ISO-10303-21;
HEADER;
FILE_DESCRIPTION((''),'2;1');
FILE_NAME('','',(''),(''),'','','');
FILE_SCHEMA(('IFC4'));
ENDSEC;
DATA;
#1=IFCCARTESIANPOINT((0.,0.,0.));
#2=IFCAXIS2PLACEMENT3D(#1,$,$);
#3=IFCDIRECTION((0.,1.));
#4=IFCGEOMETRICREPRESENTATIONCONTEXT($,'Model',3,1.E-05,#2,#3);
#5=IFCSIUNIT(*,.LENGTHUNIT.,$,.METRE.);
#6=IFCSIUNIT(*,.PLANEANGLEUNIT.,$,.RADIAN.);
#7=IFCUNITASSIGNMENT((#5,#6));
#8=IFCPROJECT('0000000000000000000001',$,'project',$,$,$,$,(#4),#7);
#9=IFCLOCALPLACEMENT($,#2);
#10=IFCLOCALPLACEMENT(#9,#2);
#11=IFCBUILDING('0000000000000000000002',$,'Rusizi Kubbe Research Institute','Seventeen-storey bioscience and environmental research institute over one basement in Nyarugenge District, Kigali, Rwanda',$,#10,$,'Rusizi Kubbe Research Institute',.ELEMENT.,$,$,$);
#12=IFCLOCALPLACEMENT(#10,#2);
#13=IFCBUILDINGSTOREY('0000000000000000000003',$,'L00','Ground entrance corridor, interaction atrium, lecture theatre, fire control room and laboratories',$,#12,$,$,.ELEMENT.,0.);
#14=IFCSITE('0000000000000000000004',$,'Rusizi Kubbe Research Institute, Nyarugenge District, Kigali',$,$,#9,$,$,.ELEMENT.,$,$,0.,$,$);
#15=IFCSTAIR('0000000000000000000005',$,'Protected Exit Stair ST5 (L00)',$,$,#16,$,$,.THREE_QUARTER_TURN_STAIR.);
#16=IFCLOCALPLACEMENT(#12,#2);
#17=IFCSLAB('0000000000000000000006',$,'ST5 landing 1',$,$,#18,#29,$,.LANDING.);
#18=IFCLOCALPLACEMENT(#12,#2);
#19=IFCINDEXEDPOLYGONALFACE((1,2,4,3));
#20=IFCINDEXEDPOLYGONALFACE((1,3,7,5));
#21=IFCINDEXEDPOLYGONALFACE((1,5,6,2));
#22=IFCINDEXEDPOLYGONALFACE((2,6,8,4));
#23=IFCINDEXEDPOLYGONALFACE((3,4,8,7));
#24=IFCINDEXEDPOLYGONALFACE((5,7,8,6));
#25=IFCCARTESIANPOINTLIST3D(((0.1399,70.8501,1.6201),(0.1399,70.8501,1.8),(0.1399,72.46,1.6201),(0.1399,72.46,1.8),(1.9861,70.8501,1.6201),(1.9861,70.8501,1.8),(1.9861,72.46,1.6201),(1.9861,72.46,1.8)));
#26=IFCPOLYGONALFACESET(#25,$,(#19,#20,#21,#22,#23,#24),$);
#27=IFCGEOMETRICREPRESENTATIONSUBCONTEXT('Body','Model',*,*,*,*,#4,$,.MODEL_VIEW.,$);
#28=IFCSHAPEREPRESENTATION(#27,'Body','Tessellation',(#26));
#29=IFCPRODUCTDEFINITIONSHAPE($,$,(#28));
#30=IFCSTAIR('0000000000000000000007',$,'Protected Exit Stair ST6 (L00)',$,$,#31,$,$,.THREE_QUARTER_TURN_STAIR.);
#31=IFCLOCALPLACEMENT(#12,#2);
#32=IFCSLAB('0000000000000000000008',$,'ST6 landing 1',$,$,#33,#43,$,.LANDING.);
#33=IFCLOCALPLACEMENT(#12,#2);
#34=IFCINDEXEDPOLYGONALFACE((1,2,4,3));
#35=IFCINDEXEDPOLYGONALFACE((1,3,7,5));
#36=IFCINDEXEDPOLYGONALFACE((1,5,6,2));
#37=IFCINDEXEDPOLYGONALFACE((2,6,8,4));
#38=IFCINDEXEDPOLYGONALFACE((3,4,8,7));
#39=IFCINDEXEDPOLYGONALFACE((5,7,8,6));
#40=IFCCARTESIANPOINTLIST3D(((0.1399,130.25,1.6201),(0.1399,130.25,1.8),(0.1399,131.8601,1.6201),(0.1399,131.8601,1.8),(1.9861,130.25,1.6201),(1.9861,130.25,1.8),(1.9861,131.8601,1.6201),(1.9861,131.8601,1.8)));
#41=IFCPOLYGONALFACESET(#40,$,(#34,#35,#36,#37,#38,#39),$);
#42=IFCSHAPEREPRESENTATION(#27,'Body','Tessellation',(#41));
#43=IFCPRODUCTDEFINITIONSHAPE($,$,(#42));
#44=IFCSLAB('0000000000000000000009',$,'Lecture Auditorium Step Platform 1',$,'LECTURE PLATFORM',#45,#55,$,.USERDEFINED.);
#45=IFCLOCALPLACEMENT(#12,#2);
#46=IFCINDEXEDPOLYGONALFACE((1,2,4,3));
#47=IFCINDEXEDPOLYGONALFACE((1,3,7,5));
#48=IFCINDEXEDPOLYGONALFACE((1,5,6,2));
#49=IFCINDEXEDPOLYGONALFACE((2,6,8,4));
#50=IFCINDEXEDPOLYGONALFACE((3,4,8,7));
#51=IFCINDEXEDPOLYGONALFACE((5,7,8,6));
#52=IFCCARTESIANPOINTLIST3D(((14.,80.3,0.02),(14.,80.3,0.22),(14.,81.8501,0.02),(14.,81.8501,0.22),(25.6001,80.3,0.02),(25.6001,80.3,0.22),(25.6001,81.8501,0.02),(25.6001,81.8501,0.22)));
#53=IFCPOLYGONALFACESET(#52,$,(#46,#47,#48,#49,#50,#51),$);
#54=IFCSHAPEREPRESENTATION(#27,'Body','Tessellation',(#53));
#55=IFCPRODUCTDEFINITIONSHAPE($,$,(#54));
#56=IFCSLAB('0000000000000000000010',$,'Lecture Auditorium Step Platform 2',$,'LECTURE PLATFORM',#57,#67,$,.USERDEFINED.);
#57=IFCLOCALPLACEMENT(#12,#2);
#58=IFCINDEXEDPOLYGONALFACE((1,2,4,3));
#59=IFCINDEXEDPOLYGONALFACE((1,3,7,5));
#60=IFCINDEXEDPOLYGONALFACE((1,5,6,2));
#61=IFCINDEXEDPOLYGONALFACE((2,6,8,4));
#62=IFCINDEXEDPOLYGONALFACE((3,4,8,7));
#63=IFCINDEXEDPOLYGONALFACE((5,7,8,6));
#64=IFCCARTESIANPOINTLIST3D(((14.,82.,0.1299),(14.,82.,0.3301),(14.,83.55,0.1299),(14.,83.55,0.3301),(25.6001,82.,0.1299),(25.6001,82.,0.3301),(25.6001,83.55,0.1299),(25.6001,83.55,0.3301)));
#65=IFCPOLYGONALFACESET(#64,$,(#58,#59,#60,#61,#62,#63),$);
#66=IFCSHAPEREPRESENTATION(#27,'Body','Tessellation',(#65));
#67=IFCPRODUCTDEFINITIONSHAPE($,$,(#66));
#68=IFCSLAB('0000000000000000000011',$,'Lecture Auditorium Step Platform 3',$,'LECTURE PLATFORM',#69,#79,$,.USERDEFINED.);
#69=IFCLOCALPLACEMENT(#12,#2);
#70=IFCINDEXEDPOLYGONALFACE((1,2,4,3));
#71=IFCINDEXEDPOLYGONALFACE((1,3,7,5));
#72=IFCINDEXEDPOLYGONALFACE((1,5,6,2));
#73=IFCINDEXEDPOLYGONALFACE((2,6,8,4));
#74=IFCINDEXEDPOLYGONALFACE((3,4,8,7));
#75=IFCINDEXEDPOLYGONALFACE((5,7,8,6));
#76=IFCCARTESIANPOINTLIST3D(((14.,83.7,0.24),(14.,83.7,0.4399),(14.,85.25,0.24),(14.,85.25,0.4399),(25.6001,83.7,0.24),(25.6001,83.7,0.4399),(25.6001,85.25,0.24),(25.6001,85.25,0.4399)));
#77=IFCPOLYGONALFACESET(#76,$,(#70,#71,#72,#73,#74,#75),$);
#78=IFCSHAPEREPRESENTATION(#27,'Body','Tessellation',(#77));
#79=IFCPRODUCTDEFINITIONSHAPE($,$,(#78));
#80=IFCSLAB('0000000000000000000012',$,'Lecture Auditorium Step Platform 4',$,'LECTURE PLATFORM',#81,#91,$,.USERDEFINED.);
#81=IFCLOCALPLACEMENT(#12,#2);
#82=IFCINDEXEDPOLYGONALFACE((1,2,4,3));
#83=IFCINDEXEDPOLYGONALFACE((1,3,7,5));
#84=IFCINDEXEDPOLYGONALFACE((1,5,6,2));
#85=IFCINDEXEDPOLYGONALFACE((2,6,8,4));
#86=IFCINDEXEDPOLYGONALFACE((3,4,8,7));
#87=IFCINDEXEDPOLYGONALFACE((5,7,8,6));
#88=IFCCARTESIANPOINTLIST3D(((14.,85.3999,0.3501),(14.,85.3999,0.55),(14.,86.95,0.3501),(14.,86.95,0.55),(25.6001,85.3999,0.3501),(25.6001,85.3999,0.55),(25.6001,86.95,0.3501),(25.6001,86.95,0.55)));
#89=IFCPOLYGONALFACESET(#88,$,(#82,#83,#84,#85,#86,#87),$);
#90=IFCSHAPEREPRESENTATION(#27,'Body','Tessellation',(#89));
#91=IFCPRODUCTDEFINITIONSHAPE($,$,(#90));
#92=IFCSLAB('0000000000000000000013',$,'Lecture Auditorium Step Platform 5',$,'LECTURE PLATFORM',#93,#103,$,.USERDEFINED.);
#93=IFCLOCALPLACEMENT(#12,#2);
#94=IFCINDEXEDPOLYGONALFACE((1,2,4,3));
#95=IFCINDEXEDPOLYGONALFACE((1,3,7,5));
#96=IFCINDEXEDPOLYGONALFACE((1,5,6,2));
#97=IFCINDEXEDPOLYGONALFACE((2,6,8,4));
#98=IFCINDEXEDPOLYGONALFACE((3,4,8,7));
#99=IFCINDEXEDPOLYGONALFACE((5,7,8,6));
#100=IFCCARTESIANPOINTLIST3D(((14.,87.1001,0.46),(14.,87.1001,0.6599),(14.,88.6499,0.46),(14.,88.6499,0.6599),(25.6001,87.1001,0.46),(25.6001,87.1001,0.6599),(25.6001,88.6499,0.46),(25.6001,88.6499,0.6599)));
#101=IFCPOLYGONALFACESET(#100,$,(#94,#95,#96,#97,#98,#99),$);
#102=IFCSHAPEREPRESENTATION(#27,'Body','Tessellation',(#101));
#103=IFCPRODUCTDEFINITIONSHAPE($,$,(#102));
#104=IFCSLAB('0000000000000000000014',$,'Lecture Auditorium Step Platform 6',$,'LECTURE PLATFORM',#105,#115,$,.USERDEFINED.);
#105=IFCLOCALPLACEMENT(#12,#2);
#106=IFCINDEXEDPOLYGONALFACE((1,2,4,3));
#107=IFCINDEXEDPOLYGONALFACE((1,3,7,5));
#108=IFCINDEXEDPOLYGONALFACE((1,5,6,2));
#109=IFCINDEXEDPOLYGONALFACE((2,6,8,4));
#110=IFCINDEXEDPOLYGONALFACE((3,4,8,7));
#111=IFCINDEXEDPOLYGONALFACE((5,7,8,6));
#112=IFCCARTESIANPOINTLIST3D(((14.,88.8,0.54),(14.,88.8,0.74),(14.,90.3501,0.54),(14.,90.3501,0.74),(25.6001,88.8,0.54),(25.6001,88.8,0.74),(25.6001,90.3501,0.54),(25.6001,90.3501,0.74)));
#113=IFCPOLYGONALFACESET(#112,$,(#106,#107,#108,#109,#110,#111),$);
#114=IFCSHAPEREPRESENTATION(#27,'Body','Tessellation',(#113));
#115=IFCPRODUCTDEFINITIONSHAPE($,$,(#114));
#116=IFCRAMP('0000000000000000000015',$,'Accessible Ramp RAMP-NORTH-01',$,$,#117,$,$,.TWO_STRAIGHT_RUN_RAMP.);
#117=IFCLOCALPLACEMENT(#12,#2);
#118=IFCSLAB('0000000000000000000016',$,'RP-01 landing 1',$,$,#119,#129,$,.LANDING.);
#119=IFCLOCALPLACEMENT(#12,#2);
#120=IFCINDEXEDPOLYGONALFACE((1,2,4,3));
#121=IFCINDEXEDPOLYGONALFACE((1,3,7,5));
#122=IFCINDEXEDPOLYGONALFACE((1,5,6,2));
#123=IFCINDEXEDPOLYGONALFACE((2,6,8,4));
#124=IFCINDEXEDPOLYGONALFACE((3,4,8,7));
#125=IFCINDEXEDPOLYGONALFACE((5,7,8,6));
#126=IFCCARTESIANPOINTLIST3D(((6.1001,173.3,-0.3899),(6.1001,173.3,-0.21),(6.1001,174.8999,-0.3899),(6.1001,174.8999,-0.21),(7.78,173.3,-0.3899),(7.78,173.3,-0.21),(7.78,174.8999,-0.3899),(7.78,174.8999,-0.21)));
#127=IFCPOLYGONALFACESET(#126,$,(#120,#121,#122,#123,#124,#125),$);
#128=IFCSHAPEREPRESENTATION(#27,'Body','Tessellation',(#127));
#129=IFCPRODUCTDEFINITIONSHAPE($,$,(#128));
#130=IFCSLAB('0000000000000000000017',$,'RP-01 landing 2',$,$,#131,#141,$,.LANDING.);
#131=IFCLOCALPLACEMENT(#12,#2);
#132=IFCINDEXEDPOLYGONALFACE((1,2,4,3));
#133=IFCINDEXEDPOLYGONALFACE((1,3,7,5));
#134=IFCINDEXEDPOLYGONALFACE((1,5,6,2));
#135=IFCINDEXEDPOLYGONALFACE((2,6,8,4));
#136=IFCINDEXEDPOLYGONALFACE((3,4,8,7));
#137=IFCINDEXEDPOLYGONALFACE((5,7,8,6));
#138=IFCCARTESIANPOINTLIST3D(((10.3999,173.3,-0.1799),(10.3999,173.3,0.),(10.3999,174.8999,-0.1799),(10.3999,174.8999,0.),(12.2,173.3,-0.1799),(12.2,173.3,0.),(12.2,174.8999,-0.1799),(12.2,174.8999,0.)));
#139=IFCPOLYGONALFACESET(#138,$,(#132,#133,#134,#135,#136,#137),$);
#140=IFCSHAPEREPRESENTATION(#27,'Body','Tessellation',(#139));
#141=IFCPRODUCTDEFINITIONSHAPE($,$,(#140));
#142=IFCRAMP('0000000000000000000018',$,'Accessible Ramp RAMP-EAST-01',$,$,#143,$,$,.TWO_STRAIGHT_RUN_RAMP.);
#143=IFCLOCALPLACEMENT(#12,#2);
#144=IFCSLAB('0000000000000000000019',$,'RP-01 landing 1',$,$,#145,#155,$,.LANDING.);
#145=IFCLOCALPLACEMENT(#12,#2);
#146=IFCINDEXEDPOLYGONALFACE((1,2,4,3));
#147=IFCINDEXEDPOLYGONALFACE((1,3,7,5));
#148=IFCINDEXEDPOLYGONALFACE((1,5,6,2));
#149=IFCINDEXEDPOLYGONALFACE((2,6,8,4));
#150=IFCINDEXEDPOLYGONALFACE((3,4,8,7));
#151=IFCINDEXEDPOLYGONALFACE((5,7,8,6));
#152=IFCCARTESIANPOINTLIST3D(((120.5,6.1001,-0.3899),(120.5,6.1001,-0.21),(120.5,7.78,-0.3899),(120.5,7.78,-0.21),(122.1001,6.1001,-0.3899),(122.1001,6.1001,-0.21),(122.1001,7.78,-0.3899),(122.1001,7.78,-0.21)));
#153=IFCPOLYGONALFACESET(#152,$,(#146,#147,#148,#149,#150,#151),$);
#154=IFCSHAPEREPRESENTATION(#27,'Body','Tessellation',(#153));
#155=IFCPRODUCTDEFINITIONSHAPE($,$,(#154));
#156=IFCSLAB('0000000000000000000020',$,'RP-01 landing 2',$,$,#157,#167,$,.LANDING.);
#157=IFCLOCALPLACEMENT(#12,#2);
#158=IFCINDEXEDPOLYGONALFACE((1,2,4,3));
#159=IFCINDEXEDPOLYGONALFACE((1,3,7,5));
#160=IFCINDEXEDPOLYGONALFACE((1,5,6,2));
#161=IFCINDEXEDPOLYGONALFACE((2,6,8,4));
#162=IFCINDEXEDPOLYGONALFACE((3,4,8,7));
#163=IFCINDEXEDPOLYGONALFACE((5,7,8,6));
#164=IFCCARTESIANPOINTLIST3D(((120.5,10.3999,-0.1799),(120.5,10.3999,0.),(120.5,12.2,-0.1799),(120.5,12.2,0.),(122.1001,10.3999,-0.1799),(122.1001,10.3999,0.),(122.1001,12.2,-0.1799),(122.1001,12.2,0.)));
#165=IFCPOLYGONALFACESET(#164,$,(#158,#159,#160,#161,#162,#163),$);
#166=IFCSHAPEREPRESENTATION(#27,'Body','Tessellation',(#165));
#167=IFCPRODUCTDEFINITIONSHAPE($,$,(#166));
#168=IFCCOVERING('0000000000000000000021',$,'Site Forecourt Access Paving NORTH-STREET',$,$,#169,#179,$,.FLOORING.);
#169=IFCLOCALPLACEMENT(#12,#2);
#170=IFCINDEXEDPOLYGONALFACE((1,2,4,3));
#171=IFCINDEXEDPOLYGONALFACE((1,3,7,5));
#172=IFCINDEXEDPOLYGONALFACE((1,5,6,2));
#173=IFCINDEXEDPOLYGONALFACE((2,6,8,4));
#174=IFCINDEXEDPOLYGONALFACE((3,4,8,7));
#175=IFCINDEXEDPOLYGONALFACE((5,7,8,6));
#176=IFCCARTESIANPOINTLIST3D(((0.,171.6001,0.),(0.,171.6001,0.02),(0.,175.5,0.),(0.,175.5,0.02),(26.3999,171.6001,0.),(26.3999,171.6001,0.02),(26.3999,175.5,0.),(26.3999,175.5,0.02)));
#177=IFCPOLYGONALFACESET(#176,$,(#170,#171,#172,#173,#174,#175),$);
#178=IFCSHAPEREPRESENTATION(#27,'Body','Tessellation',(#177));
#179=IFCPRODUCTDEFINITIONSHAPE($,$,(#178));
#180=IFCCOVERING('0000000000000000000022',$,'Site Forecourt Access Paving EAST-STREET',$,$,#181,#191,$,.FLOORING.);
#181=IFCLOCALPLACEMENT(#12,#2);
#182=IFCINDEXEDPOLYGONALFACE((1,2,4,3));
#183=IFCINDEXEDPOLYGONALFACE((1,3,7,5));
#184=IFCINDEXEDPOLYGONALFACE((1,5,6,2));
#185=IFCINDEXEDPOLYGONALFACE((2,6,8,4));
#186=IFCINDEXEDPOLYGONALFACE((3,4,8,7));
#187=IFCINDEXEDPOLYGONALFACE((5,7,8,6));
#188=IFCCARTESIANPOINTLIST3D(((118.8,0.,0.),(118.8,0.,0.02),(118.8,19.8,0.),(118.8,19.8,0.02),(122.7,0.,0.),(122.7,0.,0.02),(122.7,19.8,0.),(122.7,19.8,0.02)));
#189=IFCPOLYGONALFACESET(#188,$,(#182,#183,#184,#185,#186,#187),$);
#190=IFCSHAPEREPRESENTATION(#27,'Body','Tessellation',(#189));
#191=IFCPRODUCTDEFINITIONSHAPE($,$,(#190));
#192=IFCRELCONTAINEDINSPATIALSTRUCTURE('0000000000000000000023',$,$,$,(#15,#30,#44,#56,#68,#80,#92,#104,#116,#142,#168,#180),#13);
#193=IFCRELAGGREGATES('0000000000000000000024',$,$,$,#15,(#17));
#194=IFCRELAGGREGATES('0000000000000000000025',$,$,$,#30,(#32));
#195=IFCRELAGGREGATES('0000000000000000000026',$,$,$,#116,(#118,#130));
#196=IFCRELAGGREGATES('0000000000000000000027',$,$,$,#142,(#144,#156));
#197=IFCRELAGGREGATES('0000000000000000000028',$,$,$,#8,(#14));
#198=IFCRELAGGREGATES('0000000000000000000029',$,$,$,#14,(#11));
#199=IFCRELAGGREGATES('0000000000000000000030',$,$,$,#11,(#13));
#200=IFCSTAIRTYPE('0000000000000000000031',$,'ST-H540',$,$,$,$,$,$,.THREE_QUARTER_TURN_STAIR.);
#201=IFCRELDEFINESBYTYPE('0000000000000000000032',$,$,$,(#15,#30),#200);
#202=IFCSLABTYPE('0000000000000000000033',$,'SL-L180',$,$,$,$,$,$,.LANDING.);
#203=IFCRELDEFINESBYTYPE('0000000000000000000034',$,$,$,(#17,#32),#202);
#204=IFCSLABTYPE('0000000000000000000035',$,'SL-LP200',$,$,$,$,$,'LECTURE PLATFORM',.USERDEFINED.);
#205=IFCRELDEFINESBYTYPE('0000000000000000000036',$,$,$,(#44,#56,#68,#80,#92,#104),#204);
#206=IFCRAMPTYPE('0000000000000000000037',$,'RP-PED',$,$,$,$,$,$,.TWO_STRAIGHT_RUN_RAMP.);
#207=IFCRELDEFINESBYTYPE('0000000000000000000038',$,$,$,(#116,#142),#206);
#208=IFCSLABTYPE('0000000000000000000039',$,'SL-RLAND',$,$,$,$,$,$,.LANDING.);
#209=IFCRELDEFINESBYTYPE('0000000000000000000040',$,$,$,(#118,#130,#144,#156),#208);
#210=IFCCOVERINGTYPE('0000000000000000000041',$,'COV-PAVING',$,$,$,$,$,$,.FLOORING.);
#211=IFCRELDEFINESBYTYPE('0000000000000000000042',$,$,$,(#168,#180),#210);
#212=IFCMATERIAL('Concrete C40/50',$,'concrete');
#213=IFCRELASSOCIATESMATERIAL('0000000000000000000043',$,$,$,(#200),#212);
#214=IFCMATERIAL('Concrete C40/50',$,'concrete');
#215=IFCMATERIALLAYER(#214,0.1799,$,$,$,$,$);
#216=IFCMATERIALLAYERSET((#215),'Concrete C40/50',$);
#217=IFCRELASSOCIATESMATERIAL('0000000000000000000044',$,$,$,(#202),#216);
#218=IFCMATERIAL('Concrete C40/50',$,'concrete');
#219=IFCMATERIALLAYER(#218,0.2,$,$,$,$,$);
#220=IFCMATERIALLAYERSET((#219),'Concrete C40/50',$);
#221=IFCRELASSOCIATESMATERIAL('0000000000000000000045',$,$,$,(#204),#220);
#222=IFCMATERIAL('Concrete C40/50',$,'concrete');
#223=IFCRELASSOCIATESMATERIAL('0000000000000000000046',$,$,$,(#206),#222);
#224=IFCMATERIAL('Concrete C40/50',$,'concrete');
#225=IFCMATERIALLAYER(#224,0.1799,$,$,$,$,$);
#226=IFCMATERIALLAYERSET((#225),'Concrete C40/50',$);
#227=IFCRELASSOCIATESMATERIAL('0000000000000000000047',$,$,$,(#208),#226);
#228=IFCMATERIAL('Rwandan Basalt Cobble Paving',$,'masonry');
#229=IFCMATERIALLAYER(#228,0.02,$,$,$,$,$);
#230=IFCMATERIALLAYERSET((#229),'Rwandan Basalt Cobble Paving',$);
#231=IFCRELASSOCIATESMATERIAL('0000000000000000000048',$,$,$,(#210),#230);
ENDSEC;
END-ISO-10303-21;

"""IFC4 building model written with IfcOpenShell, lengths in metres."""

from ifc_helpers import new_model, si_unit, direction, frame, origin, place, context, subcontext, project, spatial, polyline, outline, extrude, material, layer, layer_set, type_object, element, aggregate, save


model = new_model("IFC4")

# Units and contexts
model_context = context("Model", 3, precision=1e-05, world=origin(), true_north=direction((0.0, 1.0)))
body_context = subcontext(model_context, "Body", "Model", "MODEL_VIEW")
ifc_project = project(units=[si_unit("LENGTHUNIT", "METRE"), si_unit("PLANEANGLEUNIT", "RADIAN")], contexts=[model_context])

# Site, building, storey
site_placement = place(None, origin())
site = spatial("IfcSite", under=ifc_project, at=site_placement, Name="Rusizi Kubbe Research Institute, Nyarugenge District, Kigali", CompositionType="ELEMENT", RefElevation=0.0)
building_placement = place(site_placement, origin())
building = spatial("IfcBuilding", under=site, at=building_placement, Name="Rusizi Kubbe Research Institute", Description="Seventeen-storey bioscience and environmental research institute over one basement in Nyarugenge District, Kigali, Rwanda", LongName="Rusizi Kubbe Research Institute", CompositionType="ELEMENT")
storey_placement = place(building_placement, origin())
storey = spatial("IfcBuildingStorey", under=building, at=storey_placement, Name="L00", Description="Ground entrance corridor, interaction atrium, lecture theatre, fire control room and laboratories", CompositionType="ELEMENT", Elevation=0.0)

# Stairs, slabs
ifc_material_1 = material(Name="Concrete C40/50", Category="concrete")
stair_type = type_object("IfcStairType", Name="ST-H540", PredefinedType="THREE_QUARTER_TURN_STAIR", material=ifc_material_1)
ifc_material_2 = material(Name="Concrete C40/50", Category="concrete")
ifc_layer_1 = layer(ifc_material_2, 0.1799)
ifc_layer_set_1 = layer_set([ifc_layer_1], Name="Concrete C40/50")
slab_type_1 = type_object("IfcSlabType", Name="SL-L180", PredefinedType="LANDING", material=ifc_layer_set_1)
stair_1_placement = place(storey_placement, origin())
stair_1 = element("IfcStair", 1, at=stair_1_placement, inside=storey, type_object=stair_type, Name="Protected Exit Stair ST5 (L00)", PredefinedType="THREE_QUARTER_TURN_STAIR")
slab_1_placement = place(storey_placement, frame((0.0, 0.0, 1.6201)))
slab_1 = element("IfcSlab", 2, at=slab_1_placement, type_object=slab_type_1, Name="ST5 landing 1", PredefinedType="LANDING", context=body_context, shape_type="SweptSolid", body=[
    extrude(outline(polyline([(1.9861, 72.46), (0.1399, 72.46), (0.1399, 70.8501), (1.9861, 70.8501), (1.9861, 72.46)])), origin(), (0.0, 0.0, 1.0), 0.1799),
])
aggregate(stair_1, [slab_1])
stair_2_placement = place(storey_placement, origin())
stair_2 = element("IfcStair", 3, at=stair_2_placement, inside=storey, type_object=stair_type, Name="Protected Exit Stair ST6 (L00)", PredefinedType="THREE_QUARTER_TURN_STAIR")
slab_2_placement = place(storey_placement, frame((0.0, 0.0, 1.6201)))
slab_2 = element("IfcSlab", 4, at=slab_2_placement, type_object=slab_type_1, Name="ST6 landing 1", PredefinedType="LANDING", context=body_context, shape_type="SweptSolid", body=[
    extrude(outline(polyline([(1.9861, 131.8601), (0.1399, 131.8601), (0.1399, 130.25), (1.9861, 130.25), (1.9861, 131.8601)])), origin(), (0.0, 0.0, 1.0), 0.1799),
])
aggregate(stair_2, [slab_2])

# Slabs
ifc_material_3 = material(Name="Concrete C40/50", Category="concrete")
ifc_layer_2 = layer(ifc_material_3, 0.2)
ifc_layer_set_2 = layer_set([ifc_layer_2], Name="Concrete C40/50")
slab_type_2 = type_object("IfcSlabType", Name="SL-LP200", ElementType="LECTURE PLATFORM", PredefinedType="USERDEFINED", material=ifc_layer_set_2)
slab_3_placement = place(storey_placement, frame((0.0, 0.0, 0.02)))
element("IfcSlab", 5, at=slab_3_placement, inside=storey, type_object=slab_type_2, Name="Lecture Auditorium Step Platform 1", ObjectType="LECTURE PLATFORM", PredefinedType="USERDEFINED", context=body_context, shape_type="SweptSolid", body=[
    extrude(outline(polyline([(25.6001, 80.3), (25.6001, 81.8501), (14.0, 81.8501), (14.0, 80.3), (25.6001, 80.3)])), origin(), (0.0, 0.0, 1.0), 0.2),
])
slab_4_placement = place(storey_placement, frame((0.0, 0.0, 0.1299)))
element("IfcSlab", 6, at=slab_4_placement, inside=storey, type_object=slab_type_2, Name="Lecture Auditorium Step Platform 2", ObjectType="LECTURE PLATFORM", PredefinedType="USERDEFINED", context=body_context, shape_type="SweptSolid", body=[
    extrude(outline(polyline([(25.6001, 82.0), (25.6001, 83.55), (14.0, 83.55), (14.0, 82.0), (25.6001, 82.0)])), origin(), (0.0, 0.0, 1.0), 0.2002),
])
slab_5_placement = place(storey_placement, frame((0.0, 0.0, 0.24)))
element("IfcSlab", 7, at=slab_5_placement, inside=storey, type_object=slab_type_2, Name="Lecture Auditorium Step Platform 3", ObjectType="LECTURE PLATFORM", PredefinedType="USERDEFINED", context=body_context, shape_type="SweptSolid", body=[
    extrude(outline(polyline([(25.6001, 83.7), (25.6001, 85.25), (14.0, 85.25), (14.0, 83.7), (25.6001, 83.7)])), origin(), (0.0, 0.0, 1.0), 0.2),
])
slab_6_placement = place(storey_placement, frame((0.0, 0.0, 0.3501)))
element("IfcSlab", 8, at=slab_6_placement, inside=storey, type_object=slab_type_2, Name="Lecture Auditorium Step Platform 4", ObjectType="LECTURE PLATFORM", PredefinedType="USERDEFINED", context=body_context, shape_type="SweptSolid", body=[
    extrude(outline(polyline([(25.6001, 85.3999), (25.6001, 86.95), (14.0, 86.95), (14.0, 85.3999), (25.6001, 85.3999)])), origin(), (0.0, 0.0, 1.0), 0.2),
])
slab_7_placement = place(storey_placement, frame((0.0, 0.0, 0.46)))
element("IfcSlab", 9, at=slab_7_placement, inside=storey, type_object=slab_type_2, Name="Lecture Auditorium Step Platform 5", ObjectType="LECTURE PLATFORM", PredefinedType="USERDEFINED", context=body_context, shape_type="SweptSolid", body=[
    extrude(outline(polyline([(25.6001, 87.1001), (25.6001, 88.6499), (14.0, 88.6499), (14.0, 87.1001), (25.6001, 87.1001)])), origin(), (0.0, 0.0, 1.0), 0.2),
])
slab_8_placement = place(storey_placement, frame((0.0, 0.0, 0.54)))
element("IfcSlab", 10, at=slab_8_placement, inside=storey, type_object=slab_type_2, Name="Lecture Auditorium Step Platform 6", ObjectType="LECTURE PLATFORM", PredefinedType="USERDEFINED", context=body_context, shape_type="SweptSolid", body=[
    extrude(outline(polyline([(25.6001, 88.8), (25.6001, 90.3501), (14.0, 90.3501), (14.0, 88.8), (25.6001, 88.8)])), origin(), (0.0, 0.0, 1.0), 0.2),
])

# Ramps, slabs
ifc_material_4 = material(Name="Concrete C40/50", Category="concrete")
ramp_type = type_object("IfcRampType", Name="RP-PED", PredefinedType="TWO_STRAIGHT_RUN_RAMP", material=ifc_material_4)
ramp_1_placement = place(storey_placement, origin())
ramp_1 = element("IfcRamp", 11, at=ramp_1_placement, inside=storey, type_object=ramp_type, Name="Accessible Ramp RAMP-NORTH-01", PredefinedType="TWO_STRAIGHT_RUN_RAMP")
ifc_material_5 = material(Name="Concrete C40/50", Category="concrete")
ifc_layer_3 = layer(ifc_material_5, 0.1799)
ifc_layer_set_3 = layer_set([ifc_layer_3], Name="Concrete C40/50")
slab_type_3 = type_object("IfcSlabType", Name="SL-RLAND", PredefinedType="LANDING", material=ifc_layer_set_3)
slab_9_placement = place(storey_placement, frame((0.0, 0.0, -0.3899)))
slab_9 = element("IfcSlab", 12, at=slab_9_placement, type_object=slab_type_3, Name="RP-01 landing 1", PredefinedType="LANDING", context=body_context, shape_type="SweptSolid", body=[
    extrude(outline(polyline([(6.1001, 173.3), (7.78, 173.3), (7.78, 174.8999), (6.1001, 174.8999), (6.1001, 173.3)])), origin(), (0.0, 0.0, 1.0), 0.1799),
])
slab_10_placement = place(storey_placement, frame((0.0, 0.0, -0.1799)))
slab_10 = element("IfcSlab", 13, at=slab_10_placement, type_object=slab_type_3, Name="RP-01 landing 2", PredefinedType="LANDING", context=body_context, shape_type="SweptSolid", body=[
    extrude(outline(polyline([(10.3999, 173.3), (12.2, 173.3), (12.2, 174.8999), (10.3999, 174.8999), (10.3999, 173.3)])), origin(), (0.0, 0.0, 1.0), 0.1799),
])
aggregate(ramp_1, [slab_9, slab_10])
ramp_2_placement = place(storey_placement, origin())
ramp_2 = element("IfcRamp", 14, at=ramp_2_placement, inside=storey, type_object=ramp_type, Name="Accessible Ramp RAMP-EAST-01", PredefinedType="TWO_STRAIGHT_RUN_RAMP")
slab_11_placement = place(storey_placement, frame((0.0, 0.0, -0.3899)))
slab_11 = element("IfcSlab", 15, at=slab_11_placement, type_object=slab_type_3, Name="RP-01 landing 1", PredefinedType="LANDING", context=body_context, shape_type="SweptSolid", body=[
    extrude(outline(polyline([(120.5, 6.1001), (122.1001, 6.1001), (122.1001, 7.78), (120.5, 7.78), (120.5, 6.1001)])), origin(), (0.0, 0.0, 1.0), 0.1799),
])
slab_12_placement = place(storey_placement, frame((0.0, 0.0, -0.1799)))
slab_12 = element("IfcSlab", 16, at=slab_12_placement, type_object=slab_type_3, Name="RP-01 landing 2", PredefinedType="LANDING", context=body_context, shape_type="SweptSolid", body=[
    extrude(outline(polyline([(120.5, 10.3999), (122.1001, 10.3999), (122.1001, 12.2), (120.5, 12.2), (120.5, 10.3999)])), origin(), (0.0, 0.0, 1.0), 0.1799),
])
aggregate(ramp_2, [slab_11, slab_12])

# Coverings
ifc_material_6 = material(Name="Rwandan Basalt Cobble Paving", Category="masonry")
ifc_layer_4 = layer(ifc_material_6, 0.02)
ifc_layer_set_4 = layer_set([ifc_layer_4], Name="Rwandan Basalt Cobble Paving")
covering_type = type_object("IfcCoveringType", Name="COV-PAVING", PredefinedType="FLOORING", material=ifc_layer_set_4)
covering_1_placement = place(storey_placement, origin())
element("IfcCovering", 17, at=covering_1_placement, inside=storey, type_object=covering_type, Name="Site Forecourt Access Paving NORTH-STREET", PredefinedType="FLOORING", context=body_context, shape_type="SweptSolid", body=[
    extrude(outline(polyline([(26.3999, 175.5), (26.3999, 171.6001), (0.0, 171.6001), (0.0, 175.5), (26.3999, 175.5)])), origin(), (0.0, 0.0, 1.0), 0.02),
])
covering_2_placement = place(storey_placement, origin())
element("IfcCovering", 18, at=covering_2_placement, inside=storey, type_object=covering_type, Name="Site Forecourt Access Paving EAST-STREET", PredefinedType="FLOORING", context=body_context, shape_type="SweptSolid", body=[
    extrude(outline(polyline([(118.8, 19.8), (122.7, 19.8), (122.7, 0.0), (118.8, 0.0), (118.8, 19.8)])), origin(), (0.0, 0.0, 1.0), 0.02),
])

save(model, "model.ifc")
